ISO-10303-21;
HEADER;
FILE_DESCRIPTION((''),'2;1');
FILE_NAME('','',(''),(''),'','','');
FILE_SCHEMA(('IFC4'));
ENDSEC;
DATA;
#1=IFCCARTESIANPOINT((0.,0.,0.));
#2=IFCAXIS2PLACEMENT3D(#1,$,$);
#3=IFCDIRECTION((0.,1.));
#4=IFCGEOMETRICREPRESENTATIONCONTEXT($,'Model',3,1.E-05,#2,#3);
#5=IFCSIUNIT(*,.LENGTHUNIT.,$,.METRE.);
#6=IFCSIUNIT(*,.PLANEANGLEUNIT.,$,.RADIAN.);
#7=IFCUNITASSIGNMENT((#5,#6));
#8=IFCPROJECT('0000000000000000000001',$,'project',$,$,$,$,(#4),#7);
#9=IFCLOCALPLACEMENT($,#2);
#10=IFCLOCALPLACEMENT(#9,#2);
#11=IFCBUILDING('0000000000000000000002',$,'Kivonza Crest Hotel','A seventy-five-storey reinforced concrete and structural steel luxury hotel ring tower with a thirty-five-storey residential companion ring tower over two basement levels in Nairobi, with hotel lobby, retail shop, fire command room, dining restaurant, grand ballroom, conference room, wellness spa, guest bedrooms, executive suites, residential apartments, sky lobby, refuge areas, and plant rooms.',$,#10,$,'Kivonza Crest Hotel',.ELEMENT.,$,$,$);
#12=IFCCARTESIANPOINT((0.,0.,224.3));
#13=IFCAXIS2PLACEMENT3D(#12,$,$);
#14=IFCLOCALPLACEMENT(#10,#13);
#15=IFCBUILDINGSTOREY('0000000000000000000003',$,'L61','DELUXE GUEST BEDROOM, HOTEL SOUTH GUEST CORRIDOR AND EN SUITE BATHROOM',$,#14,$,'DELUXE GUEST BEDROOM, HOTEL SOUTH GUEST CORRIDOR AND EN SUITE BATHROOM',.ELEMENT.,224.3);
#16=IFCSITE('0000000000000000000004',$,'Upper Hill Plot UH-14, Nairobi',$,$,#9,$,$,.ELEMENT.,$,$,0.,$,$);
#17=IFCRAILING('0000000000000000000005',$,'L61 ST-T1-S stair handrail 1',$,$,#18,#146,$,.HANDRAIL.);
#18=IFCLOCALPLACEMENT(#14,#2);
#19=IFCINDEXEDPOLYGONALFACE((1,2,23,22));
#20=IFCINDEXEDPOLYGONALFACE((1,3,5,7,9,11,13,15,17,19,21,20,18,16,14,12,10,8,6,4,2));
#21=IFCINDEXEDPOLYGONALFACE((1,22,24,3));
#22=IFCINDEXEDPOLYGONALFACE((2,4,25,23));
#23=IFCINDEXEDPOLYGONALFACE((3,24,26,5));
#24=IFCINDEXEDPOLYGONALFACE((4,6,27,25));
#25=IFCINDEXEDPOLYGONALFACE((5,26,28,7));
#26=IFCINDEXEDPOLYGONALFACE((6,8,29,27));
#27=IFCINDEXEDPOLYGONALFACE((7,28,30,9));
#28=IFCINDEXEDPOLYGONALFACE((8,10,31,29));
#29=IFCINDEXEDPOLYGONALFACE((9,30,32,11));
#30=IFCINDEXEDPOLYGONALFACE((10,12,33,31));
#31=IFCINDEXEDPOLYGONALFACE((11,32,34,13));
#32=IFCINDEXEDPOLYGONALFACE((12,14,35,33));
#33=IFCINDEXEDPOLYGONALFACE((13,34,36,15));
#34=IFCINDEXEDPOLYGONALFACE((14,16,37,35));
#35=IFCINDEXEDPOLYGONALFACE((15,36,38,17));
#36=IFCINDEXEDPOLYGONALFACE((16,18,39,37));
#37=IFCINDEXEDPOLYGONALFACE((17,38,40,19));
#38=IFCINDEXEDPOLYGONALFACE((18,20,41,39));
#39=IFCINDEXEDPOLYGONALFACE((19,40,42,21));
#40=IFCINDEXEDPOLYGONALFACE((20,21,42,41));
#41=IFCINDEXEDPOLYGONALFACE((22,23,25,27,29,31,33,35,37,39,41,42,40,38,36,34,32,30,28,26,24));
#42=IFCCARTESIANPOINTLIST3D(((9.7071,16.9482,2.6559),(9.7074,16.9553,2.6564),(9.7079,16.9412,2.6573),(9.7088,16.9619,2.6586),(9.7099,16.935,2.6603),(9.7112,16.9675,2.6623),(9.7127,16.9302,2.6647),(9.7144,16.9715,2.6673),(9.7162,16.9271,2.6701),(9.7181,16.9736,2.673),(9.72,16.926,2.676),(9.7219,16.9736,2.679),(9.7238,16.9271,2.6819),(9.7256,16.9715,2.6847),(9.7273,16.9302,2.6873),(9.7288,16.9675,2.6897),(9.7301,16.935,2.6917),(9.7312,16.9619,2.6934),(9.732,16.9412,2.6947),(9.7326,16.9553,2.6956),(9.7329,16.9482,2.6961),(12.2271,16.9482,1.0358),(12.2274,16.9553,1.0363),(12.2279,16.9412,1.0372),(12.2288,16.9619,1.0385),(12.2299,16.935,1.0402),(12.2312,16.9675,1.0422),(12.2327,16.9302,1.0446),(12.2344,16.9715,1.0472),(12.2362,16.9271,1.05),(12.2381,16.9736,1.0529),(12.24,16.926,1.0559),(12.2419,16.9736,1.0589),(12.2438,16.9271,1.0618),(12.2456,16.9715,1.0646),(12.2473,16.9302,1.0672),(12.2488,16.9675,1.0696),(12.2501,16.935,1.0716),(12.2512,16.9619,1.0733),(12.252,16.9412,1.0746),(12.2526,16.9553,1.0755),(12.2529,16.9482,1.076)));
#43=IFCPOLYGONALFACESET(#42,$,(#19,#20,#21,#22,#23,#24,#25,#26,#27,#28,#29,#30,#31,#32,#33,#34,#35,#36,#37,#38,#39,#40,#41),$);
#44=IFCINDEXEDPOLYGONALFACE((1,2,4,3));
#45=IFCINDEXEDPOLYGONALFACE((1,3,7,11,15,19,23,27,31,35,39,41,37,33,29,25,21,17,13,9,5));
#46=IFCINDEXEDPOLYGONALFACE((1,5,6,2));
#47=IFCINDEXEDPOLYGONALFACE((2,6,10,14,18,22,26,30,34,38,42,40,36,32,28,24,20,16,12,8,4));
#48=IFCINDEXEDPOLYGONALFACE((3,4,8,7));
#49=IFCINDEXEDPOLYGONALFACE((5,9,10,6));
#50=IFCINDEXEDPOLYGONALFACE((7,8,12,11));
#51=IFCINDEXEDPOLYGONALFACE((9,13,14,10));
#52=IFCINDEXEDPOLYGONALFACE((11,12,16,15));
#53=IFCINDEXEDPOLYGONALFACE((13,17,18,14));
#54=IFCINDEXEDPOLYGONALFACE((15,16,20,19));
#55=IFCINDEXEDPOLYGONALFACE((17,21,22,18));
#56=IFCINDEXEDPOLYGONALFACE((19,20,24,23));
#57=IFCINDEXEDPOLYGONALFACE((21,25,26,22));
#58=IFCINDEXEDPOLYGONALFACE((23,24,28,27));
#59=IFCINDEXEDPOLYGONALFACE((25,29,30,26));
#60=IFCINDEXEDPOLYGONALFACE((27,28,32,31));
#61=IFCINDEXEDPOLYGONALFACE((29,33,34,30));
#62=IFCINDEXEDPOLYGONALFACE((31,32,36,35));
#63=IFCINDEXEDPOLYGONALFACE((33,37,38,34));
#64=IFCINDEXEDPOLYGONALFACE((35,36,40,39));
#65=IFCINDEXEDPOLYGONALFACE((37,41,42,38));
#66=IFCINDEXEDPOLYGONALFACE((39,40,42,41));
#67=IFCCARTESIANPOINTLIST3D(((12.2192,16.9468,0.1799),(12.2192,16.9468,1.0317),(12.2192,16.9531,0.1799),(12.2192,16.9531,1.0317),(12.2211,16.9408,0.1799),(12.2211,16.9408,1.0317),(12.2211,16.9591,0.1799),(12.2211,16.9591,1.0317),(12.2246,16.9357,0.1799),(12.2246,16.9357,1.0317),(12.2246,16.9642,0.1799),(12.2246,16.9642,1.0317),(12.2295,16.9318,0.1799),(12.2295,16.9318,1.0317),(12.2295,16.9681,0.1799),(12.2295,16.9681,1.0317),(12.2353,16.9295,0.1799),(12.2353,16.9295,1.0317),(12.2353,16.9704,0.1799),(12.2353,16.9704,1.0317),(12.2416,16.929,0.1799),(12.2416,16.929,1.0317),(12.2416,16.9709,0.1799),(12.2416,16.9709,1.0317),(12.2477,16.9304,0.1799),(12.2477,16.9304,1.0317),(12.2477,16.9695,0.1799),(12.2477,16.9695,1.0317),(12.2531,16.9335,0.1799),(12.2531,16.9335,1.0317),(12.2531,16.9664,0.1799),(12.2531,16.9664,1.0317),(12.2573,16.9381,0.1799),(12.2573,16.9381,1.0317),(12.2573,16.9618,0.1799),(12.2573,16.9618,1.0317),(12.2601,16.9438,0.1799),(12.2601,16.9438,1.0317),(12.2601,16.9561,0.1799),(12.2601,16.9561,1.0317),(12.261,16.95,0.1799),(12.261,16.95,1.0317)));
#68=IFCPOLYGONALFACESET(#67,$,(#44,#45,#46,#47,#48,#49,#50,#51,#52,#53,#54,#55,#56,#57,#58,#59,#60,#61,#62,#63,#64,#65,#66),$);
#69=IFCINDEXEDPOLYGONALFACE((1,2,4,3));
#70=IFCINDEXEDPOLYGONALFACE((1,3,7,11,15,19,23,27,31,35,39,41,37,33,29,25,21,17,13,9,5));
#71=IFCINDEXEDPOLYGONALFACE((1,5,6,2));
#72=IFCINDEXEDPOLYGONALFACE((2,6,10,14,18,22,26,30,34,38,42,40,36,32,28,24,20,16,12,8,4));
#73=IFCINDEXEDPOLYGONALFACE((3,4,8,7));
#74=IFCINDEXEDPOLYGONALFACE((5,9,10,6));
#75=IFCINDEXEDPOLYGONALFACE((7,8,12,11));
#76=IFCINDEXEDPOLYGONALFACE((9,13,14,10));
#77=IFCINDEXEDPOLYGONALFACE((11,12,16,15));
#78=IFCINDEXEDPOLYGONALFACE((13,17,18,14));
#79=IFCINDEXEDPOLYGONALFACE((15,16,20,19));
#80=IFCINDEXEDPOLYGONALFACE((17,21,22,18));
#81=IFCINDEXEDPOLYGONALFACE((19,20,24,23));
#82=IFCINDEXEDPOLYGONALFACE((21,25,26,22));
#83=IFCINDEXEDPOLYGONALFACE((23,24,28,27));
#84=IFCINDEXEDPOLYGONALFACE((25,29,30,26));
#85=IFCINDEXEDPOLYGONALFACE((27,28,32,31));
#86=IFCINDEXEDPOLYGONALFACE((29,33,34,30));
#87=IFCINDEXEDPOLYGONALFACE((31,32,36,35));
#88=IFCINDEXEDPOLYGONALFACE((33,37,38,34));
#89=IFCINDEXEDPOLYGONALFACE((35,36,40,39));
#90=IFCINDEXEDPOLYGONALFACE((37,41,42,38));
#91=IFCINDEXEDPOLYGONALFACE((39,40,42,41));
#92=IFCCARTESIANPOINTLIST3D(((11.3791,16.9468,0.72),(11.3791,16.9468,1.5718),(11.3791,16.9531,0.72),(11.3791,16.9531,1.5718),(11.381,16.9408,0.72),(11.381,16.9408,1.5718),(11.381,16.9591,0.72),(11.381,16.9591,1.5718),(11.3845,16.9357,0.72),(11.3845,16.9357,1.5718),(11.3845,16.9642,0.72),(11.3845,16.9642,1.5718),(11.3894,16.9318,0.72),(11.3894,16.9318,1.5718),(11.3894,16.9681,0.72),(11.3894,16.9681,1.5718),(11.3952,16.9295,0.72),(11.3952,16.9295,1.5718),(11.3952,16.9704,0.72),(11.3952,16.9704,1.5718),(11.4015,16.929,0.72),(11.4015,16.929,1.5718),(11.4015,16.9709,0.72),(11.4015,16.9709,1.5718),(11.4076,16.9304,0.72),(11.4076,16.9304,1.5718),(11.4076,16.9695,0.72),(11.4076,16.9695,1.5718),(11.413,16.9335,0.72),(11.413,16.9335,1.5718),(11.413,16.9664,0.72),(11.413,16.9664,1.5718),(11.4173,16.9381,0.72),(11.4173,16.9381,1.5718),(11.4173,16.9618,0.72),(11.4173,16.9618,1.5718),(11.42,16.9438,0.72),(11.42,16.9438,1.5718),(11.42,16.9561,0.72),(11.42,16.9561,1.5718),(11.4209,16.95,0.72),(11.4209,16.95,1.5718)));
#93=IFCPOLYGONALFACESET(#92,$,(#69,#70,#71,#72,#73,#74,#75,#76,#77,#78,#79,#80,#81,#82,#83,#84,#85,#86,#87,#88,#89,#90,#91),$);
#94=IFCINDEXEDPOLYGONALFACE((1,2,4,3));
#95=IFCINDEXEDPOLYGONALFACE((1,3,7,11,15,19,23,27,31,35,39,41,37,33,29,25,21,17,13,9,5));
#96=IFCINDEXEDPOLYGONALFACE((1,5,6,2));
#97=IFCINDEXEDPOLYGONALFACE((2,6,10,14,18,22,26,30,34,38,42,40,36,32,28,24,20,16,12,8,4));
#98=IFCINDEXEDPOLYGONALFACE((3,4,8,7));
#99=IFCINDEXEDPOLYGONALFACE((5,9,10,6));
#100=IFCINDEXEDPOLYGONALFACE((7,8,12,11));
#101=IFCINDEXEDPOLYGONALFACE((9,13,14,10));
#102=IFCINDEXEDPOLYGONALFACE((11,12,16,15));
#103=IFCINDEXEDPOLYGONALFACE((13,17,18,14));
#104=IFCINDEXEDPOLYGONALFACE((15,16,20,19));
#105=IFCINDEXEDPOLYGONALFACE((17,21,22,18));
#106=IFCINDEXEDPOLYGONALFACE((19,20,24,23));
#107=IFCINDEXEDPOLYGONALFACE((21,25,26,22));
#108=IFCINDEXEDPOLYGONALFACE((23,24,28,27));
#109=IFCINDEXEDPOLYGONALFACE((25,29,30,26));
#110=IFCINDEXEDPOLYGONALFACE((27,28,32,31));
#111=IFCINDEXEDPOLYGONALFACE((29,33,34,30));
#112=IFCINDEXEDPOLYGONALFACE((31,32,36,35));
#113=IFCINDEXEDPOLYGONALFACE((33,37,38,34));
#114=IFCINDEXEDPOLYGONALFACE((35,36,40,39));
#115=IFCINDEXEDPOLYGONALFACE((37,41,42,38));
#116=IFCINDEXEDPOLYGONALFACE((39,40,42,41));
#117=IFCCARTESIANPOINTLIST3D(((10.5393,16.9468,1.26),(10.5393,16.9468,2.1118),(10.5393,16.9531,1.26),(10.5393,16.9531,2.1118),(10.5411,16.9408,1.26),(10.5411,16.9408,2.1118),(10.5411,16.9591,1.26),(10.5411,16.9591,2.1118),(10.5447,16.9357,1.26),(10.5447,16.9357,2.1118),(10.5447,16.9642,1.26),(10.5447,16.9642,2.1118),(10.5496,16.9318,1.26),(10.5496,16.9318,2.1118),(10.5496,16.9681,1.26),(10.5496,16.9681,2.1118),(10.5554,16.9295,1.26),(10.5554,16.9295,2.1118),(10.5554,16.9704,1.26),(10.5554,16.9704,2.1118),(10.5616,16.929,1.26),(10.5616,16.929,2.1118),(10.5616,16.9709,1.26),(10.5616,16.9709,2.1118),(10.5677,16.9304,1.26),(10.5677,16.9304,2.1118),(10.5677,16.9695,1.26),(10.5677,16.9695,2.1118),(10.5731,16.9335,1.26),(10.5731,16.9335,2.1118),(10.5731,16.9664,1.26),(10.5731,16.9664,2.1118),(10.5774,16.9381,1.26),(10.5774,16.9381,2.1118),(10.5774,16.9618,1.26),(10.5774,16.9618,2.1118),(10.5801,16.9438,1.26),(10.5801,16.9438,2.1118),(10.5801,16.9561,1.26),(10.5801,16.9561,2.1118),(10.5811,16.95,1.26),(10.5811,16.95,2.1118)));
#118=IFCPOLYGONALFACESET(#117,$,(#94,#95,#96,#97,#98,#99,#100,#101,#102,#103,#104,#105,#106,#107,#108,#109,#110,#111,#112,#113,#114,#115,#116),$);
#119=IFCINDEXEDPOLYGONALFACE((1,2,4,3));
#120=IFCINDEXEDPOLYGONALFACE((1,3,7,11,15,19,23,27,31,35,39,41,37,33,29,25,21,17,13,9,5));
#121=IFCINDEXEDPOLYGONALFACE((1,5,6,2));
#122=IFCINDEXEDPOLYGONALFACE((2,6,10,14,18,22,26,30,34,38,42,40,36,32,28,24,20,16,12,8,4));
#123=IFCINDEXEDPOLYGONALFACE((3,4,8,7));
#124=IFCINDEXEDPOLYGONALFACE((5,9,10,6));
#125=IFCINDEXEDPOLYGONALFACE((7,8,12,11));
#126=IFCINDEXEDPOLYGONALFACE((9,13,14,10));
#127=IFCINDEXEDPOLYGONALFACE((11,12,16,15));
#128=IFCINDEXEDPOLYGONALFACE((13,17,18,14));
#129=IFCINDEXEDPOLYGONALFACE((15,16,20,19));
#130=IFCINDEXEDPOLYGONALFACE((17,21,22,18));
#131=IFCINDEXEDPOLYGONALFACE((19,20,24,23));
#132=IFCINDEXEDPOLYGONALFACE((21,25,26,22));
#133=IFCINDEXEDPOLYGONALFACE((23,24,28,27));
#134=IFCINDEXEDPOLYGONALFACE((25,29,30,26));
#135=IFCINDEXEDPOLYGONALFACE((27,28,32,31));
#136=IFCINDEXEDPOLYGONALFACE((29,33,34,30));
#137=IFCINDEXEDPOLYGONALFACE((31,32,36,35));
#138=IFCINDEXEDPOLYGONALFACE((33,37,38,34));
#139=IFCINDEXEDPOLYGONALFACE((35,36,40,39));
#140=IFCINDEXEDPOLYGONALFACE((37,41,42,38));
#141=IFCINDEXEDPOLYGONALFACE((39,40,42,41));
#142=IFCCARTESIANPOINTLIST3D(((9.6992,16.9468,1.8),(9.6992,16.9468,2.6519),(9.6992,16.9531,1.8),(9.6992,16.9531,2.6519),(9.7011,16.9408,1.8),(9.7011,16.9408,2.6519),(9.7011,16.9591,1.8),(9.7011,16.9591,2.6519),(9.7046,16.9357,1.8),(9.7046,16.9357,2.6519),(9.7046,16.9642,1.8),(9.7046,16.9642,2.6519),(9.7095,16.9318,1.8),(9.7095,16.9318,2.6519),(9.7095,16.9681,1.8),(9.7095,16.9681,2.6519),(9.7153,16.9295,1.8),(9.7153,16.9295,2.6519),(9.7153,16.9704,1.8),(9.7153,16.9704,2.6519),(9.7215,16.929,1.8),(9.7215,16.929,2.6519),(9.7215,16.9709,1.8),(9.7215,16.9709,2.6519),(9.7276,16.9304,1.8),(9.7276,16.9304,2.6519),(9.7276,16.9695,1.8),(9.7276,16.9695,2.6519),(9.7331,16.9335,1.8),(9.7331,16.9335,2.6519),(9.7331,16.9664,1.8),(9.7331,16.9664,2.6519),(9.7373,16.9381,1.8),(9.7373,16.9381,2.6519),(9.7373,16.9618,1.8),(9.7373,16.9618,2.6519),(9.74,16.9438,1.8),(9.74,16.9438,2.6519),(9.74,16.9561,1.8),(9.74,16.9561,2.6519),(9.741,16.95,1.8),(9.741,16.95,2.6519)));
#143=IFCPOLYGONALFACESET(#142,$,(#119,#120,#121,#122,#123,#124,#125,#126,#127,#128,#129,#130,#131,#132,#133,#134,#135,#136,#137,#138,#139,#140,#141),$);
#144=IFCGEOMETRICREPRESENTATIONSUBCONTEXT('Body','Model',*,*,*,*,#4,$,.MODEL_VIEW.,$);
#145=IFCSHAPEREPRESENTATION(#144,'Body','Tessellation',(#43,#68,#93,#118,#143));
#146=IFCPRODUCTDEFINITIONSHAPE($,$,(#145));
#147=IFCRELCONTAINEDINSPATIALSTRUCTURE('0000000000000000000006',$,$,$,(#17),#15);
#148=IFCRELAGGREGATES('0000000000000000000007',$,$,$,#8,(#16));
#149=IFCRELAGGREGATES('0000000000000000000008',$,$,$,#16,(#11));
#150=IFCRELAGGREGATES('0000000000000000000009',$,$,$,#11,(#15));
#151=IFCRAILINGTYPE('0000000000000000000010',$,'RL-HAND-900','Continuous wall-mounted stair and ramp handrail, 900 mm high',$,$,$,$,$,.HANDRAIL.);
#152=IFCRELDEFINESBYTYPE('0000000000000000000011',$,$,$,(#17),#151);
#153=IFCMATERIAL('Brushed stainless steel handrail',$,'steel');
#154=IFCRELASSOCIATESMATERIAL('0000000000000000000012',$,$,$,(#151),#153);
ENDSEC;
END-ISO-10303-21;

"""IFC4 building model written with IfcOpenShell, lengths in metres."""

from ifc_helpers import new_model, si_unit, direction, frame, origin, origin_2d, place, context, subcontext, project, spatial, circle, extrude, material, type_object, element, save


model = new_model("IFC4")

# Units and contexts
model_context = context("Model", 3, precision=1e-05, world=origin(), true_north=direction((0.0, 1.0)))
body_context = subcontext(model_context, "Body", "Model", "MODEL_VIEW")
ifc_project = project(units=[si_unit("LENGTHUNIT", "METRE"), si_unit("PLANEANGLEUNIT", "RADIAN")], contexts=[model_context])

# Site, building, storey
site_placement = place(None, origin())
site = spatial("IfcSite", under=ifc_project, at=site_placement, Name="Upper Hill Plot UH-14, Nairobi", CompositionType="ELEMENT", RefElevation=0.0)
building_placement = place(site_placement, origin())
building = spatial("IfcBuilding", under=site, at=building_placement, Name="Kivonza Crest Hotel", Description="A seventy-five-storey reinforced concrete and structural steel luxury hotel ring tower with a thirty-five-storey residential companion ring tower over two basement levels in Nairobi, with hotel lobby, retail shop, fire command room, dining restaurant, grand ballroom, conference room, wellness spa, guest bedrooms, executive suites, residential apartments, sky lobby, refuge areas, and plant rooms.", LongName="Kivonza Crest Hotel", CompositionType="ELEMENT")
storey_placement = place(building_placement, frame((0.0, 0.0, 224.3)))
storey = spatial("IfcBuildingStorey", under=building, at=storey_placement, Name="L61", Description="DELUXE GUEST BEDROOM, HOTEL SOUTH GUEST CORRIDOR AND EN SUITE BATHROOM", LongName="DELUXE GUEST BEDROOM, HOTEL SOUTH GUEST CORRIDOR AND EN SUITE BATHROOM", CompositionType="ELEMENT", Elevation=224.3)

# Railing
ifc_material_1 = material(Name="Brushed stainless steel handrail", Category="steel")
railing_type_1 = type_object("IfcRailingType", Name="RL-HAND-900", Description="Continuous wall-mounted stair and ramp handrail, 900 mm high", PredefinedType="HANDRAIL", material=ifc_material_1)
railing_1_placement = place(storey_placement, frame((12.24, 16.95, 0.1799)))
element("IfcRailing", 1, at=railing_1_placement, inside=storey, type_object=railing_type_1, Name="L61 ST-T1-S stair handrail 1", PredefinedType="HANDRAIL", context=body_context, shape_type="SweptSolid", body=[
    extrude(circle(Radius=0.0239, at=origin_2d()), frame((0.0, 0.0, 0.876), z_axis=(-0.841163, 0.0, 0.540782), x_axis=(0.0, -1.0, 0.0)), (0.0, 0.0, 1.0), 2.9958),
    extrude(circle(Radius=0.021, at=origin_2d()), origin(), (0.0, 0.0, 1.0), 0.8518),
    extrude(circle(Radius=0.021, at=origin_2d()), frame((-0.8401, 0.0, 0.54)), (0.0, 0.0, 1.0), 0.8518),
    extrude(circle(Radius=0.021, at=origin_2d()), frame((-1.6799, 0.0, 1.0801)), (0.0, 0.0, 1.0), 0.8518),
    extrude(circle(Radius=0.021, at=origin_2d()), frame((-2.52, 0.0, 1.6201)), (0.0, 0.0, 1.0), 0.8518),
])

save(model, "model.ifc")
